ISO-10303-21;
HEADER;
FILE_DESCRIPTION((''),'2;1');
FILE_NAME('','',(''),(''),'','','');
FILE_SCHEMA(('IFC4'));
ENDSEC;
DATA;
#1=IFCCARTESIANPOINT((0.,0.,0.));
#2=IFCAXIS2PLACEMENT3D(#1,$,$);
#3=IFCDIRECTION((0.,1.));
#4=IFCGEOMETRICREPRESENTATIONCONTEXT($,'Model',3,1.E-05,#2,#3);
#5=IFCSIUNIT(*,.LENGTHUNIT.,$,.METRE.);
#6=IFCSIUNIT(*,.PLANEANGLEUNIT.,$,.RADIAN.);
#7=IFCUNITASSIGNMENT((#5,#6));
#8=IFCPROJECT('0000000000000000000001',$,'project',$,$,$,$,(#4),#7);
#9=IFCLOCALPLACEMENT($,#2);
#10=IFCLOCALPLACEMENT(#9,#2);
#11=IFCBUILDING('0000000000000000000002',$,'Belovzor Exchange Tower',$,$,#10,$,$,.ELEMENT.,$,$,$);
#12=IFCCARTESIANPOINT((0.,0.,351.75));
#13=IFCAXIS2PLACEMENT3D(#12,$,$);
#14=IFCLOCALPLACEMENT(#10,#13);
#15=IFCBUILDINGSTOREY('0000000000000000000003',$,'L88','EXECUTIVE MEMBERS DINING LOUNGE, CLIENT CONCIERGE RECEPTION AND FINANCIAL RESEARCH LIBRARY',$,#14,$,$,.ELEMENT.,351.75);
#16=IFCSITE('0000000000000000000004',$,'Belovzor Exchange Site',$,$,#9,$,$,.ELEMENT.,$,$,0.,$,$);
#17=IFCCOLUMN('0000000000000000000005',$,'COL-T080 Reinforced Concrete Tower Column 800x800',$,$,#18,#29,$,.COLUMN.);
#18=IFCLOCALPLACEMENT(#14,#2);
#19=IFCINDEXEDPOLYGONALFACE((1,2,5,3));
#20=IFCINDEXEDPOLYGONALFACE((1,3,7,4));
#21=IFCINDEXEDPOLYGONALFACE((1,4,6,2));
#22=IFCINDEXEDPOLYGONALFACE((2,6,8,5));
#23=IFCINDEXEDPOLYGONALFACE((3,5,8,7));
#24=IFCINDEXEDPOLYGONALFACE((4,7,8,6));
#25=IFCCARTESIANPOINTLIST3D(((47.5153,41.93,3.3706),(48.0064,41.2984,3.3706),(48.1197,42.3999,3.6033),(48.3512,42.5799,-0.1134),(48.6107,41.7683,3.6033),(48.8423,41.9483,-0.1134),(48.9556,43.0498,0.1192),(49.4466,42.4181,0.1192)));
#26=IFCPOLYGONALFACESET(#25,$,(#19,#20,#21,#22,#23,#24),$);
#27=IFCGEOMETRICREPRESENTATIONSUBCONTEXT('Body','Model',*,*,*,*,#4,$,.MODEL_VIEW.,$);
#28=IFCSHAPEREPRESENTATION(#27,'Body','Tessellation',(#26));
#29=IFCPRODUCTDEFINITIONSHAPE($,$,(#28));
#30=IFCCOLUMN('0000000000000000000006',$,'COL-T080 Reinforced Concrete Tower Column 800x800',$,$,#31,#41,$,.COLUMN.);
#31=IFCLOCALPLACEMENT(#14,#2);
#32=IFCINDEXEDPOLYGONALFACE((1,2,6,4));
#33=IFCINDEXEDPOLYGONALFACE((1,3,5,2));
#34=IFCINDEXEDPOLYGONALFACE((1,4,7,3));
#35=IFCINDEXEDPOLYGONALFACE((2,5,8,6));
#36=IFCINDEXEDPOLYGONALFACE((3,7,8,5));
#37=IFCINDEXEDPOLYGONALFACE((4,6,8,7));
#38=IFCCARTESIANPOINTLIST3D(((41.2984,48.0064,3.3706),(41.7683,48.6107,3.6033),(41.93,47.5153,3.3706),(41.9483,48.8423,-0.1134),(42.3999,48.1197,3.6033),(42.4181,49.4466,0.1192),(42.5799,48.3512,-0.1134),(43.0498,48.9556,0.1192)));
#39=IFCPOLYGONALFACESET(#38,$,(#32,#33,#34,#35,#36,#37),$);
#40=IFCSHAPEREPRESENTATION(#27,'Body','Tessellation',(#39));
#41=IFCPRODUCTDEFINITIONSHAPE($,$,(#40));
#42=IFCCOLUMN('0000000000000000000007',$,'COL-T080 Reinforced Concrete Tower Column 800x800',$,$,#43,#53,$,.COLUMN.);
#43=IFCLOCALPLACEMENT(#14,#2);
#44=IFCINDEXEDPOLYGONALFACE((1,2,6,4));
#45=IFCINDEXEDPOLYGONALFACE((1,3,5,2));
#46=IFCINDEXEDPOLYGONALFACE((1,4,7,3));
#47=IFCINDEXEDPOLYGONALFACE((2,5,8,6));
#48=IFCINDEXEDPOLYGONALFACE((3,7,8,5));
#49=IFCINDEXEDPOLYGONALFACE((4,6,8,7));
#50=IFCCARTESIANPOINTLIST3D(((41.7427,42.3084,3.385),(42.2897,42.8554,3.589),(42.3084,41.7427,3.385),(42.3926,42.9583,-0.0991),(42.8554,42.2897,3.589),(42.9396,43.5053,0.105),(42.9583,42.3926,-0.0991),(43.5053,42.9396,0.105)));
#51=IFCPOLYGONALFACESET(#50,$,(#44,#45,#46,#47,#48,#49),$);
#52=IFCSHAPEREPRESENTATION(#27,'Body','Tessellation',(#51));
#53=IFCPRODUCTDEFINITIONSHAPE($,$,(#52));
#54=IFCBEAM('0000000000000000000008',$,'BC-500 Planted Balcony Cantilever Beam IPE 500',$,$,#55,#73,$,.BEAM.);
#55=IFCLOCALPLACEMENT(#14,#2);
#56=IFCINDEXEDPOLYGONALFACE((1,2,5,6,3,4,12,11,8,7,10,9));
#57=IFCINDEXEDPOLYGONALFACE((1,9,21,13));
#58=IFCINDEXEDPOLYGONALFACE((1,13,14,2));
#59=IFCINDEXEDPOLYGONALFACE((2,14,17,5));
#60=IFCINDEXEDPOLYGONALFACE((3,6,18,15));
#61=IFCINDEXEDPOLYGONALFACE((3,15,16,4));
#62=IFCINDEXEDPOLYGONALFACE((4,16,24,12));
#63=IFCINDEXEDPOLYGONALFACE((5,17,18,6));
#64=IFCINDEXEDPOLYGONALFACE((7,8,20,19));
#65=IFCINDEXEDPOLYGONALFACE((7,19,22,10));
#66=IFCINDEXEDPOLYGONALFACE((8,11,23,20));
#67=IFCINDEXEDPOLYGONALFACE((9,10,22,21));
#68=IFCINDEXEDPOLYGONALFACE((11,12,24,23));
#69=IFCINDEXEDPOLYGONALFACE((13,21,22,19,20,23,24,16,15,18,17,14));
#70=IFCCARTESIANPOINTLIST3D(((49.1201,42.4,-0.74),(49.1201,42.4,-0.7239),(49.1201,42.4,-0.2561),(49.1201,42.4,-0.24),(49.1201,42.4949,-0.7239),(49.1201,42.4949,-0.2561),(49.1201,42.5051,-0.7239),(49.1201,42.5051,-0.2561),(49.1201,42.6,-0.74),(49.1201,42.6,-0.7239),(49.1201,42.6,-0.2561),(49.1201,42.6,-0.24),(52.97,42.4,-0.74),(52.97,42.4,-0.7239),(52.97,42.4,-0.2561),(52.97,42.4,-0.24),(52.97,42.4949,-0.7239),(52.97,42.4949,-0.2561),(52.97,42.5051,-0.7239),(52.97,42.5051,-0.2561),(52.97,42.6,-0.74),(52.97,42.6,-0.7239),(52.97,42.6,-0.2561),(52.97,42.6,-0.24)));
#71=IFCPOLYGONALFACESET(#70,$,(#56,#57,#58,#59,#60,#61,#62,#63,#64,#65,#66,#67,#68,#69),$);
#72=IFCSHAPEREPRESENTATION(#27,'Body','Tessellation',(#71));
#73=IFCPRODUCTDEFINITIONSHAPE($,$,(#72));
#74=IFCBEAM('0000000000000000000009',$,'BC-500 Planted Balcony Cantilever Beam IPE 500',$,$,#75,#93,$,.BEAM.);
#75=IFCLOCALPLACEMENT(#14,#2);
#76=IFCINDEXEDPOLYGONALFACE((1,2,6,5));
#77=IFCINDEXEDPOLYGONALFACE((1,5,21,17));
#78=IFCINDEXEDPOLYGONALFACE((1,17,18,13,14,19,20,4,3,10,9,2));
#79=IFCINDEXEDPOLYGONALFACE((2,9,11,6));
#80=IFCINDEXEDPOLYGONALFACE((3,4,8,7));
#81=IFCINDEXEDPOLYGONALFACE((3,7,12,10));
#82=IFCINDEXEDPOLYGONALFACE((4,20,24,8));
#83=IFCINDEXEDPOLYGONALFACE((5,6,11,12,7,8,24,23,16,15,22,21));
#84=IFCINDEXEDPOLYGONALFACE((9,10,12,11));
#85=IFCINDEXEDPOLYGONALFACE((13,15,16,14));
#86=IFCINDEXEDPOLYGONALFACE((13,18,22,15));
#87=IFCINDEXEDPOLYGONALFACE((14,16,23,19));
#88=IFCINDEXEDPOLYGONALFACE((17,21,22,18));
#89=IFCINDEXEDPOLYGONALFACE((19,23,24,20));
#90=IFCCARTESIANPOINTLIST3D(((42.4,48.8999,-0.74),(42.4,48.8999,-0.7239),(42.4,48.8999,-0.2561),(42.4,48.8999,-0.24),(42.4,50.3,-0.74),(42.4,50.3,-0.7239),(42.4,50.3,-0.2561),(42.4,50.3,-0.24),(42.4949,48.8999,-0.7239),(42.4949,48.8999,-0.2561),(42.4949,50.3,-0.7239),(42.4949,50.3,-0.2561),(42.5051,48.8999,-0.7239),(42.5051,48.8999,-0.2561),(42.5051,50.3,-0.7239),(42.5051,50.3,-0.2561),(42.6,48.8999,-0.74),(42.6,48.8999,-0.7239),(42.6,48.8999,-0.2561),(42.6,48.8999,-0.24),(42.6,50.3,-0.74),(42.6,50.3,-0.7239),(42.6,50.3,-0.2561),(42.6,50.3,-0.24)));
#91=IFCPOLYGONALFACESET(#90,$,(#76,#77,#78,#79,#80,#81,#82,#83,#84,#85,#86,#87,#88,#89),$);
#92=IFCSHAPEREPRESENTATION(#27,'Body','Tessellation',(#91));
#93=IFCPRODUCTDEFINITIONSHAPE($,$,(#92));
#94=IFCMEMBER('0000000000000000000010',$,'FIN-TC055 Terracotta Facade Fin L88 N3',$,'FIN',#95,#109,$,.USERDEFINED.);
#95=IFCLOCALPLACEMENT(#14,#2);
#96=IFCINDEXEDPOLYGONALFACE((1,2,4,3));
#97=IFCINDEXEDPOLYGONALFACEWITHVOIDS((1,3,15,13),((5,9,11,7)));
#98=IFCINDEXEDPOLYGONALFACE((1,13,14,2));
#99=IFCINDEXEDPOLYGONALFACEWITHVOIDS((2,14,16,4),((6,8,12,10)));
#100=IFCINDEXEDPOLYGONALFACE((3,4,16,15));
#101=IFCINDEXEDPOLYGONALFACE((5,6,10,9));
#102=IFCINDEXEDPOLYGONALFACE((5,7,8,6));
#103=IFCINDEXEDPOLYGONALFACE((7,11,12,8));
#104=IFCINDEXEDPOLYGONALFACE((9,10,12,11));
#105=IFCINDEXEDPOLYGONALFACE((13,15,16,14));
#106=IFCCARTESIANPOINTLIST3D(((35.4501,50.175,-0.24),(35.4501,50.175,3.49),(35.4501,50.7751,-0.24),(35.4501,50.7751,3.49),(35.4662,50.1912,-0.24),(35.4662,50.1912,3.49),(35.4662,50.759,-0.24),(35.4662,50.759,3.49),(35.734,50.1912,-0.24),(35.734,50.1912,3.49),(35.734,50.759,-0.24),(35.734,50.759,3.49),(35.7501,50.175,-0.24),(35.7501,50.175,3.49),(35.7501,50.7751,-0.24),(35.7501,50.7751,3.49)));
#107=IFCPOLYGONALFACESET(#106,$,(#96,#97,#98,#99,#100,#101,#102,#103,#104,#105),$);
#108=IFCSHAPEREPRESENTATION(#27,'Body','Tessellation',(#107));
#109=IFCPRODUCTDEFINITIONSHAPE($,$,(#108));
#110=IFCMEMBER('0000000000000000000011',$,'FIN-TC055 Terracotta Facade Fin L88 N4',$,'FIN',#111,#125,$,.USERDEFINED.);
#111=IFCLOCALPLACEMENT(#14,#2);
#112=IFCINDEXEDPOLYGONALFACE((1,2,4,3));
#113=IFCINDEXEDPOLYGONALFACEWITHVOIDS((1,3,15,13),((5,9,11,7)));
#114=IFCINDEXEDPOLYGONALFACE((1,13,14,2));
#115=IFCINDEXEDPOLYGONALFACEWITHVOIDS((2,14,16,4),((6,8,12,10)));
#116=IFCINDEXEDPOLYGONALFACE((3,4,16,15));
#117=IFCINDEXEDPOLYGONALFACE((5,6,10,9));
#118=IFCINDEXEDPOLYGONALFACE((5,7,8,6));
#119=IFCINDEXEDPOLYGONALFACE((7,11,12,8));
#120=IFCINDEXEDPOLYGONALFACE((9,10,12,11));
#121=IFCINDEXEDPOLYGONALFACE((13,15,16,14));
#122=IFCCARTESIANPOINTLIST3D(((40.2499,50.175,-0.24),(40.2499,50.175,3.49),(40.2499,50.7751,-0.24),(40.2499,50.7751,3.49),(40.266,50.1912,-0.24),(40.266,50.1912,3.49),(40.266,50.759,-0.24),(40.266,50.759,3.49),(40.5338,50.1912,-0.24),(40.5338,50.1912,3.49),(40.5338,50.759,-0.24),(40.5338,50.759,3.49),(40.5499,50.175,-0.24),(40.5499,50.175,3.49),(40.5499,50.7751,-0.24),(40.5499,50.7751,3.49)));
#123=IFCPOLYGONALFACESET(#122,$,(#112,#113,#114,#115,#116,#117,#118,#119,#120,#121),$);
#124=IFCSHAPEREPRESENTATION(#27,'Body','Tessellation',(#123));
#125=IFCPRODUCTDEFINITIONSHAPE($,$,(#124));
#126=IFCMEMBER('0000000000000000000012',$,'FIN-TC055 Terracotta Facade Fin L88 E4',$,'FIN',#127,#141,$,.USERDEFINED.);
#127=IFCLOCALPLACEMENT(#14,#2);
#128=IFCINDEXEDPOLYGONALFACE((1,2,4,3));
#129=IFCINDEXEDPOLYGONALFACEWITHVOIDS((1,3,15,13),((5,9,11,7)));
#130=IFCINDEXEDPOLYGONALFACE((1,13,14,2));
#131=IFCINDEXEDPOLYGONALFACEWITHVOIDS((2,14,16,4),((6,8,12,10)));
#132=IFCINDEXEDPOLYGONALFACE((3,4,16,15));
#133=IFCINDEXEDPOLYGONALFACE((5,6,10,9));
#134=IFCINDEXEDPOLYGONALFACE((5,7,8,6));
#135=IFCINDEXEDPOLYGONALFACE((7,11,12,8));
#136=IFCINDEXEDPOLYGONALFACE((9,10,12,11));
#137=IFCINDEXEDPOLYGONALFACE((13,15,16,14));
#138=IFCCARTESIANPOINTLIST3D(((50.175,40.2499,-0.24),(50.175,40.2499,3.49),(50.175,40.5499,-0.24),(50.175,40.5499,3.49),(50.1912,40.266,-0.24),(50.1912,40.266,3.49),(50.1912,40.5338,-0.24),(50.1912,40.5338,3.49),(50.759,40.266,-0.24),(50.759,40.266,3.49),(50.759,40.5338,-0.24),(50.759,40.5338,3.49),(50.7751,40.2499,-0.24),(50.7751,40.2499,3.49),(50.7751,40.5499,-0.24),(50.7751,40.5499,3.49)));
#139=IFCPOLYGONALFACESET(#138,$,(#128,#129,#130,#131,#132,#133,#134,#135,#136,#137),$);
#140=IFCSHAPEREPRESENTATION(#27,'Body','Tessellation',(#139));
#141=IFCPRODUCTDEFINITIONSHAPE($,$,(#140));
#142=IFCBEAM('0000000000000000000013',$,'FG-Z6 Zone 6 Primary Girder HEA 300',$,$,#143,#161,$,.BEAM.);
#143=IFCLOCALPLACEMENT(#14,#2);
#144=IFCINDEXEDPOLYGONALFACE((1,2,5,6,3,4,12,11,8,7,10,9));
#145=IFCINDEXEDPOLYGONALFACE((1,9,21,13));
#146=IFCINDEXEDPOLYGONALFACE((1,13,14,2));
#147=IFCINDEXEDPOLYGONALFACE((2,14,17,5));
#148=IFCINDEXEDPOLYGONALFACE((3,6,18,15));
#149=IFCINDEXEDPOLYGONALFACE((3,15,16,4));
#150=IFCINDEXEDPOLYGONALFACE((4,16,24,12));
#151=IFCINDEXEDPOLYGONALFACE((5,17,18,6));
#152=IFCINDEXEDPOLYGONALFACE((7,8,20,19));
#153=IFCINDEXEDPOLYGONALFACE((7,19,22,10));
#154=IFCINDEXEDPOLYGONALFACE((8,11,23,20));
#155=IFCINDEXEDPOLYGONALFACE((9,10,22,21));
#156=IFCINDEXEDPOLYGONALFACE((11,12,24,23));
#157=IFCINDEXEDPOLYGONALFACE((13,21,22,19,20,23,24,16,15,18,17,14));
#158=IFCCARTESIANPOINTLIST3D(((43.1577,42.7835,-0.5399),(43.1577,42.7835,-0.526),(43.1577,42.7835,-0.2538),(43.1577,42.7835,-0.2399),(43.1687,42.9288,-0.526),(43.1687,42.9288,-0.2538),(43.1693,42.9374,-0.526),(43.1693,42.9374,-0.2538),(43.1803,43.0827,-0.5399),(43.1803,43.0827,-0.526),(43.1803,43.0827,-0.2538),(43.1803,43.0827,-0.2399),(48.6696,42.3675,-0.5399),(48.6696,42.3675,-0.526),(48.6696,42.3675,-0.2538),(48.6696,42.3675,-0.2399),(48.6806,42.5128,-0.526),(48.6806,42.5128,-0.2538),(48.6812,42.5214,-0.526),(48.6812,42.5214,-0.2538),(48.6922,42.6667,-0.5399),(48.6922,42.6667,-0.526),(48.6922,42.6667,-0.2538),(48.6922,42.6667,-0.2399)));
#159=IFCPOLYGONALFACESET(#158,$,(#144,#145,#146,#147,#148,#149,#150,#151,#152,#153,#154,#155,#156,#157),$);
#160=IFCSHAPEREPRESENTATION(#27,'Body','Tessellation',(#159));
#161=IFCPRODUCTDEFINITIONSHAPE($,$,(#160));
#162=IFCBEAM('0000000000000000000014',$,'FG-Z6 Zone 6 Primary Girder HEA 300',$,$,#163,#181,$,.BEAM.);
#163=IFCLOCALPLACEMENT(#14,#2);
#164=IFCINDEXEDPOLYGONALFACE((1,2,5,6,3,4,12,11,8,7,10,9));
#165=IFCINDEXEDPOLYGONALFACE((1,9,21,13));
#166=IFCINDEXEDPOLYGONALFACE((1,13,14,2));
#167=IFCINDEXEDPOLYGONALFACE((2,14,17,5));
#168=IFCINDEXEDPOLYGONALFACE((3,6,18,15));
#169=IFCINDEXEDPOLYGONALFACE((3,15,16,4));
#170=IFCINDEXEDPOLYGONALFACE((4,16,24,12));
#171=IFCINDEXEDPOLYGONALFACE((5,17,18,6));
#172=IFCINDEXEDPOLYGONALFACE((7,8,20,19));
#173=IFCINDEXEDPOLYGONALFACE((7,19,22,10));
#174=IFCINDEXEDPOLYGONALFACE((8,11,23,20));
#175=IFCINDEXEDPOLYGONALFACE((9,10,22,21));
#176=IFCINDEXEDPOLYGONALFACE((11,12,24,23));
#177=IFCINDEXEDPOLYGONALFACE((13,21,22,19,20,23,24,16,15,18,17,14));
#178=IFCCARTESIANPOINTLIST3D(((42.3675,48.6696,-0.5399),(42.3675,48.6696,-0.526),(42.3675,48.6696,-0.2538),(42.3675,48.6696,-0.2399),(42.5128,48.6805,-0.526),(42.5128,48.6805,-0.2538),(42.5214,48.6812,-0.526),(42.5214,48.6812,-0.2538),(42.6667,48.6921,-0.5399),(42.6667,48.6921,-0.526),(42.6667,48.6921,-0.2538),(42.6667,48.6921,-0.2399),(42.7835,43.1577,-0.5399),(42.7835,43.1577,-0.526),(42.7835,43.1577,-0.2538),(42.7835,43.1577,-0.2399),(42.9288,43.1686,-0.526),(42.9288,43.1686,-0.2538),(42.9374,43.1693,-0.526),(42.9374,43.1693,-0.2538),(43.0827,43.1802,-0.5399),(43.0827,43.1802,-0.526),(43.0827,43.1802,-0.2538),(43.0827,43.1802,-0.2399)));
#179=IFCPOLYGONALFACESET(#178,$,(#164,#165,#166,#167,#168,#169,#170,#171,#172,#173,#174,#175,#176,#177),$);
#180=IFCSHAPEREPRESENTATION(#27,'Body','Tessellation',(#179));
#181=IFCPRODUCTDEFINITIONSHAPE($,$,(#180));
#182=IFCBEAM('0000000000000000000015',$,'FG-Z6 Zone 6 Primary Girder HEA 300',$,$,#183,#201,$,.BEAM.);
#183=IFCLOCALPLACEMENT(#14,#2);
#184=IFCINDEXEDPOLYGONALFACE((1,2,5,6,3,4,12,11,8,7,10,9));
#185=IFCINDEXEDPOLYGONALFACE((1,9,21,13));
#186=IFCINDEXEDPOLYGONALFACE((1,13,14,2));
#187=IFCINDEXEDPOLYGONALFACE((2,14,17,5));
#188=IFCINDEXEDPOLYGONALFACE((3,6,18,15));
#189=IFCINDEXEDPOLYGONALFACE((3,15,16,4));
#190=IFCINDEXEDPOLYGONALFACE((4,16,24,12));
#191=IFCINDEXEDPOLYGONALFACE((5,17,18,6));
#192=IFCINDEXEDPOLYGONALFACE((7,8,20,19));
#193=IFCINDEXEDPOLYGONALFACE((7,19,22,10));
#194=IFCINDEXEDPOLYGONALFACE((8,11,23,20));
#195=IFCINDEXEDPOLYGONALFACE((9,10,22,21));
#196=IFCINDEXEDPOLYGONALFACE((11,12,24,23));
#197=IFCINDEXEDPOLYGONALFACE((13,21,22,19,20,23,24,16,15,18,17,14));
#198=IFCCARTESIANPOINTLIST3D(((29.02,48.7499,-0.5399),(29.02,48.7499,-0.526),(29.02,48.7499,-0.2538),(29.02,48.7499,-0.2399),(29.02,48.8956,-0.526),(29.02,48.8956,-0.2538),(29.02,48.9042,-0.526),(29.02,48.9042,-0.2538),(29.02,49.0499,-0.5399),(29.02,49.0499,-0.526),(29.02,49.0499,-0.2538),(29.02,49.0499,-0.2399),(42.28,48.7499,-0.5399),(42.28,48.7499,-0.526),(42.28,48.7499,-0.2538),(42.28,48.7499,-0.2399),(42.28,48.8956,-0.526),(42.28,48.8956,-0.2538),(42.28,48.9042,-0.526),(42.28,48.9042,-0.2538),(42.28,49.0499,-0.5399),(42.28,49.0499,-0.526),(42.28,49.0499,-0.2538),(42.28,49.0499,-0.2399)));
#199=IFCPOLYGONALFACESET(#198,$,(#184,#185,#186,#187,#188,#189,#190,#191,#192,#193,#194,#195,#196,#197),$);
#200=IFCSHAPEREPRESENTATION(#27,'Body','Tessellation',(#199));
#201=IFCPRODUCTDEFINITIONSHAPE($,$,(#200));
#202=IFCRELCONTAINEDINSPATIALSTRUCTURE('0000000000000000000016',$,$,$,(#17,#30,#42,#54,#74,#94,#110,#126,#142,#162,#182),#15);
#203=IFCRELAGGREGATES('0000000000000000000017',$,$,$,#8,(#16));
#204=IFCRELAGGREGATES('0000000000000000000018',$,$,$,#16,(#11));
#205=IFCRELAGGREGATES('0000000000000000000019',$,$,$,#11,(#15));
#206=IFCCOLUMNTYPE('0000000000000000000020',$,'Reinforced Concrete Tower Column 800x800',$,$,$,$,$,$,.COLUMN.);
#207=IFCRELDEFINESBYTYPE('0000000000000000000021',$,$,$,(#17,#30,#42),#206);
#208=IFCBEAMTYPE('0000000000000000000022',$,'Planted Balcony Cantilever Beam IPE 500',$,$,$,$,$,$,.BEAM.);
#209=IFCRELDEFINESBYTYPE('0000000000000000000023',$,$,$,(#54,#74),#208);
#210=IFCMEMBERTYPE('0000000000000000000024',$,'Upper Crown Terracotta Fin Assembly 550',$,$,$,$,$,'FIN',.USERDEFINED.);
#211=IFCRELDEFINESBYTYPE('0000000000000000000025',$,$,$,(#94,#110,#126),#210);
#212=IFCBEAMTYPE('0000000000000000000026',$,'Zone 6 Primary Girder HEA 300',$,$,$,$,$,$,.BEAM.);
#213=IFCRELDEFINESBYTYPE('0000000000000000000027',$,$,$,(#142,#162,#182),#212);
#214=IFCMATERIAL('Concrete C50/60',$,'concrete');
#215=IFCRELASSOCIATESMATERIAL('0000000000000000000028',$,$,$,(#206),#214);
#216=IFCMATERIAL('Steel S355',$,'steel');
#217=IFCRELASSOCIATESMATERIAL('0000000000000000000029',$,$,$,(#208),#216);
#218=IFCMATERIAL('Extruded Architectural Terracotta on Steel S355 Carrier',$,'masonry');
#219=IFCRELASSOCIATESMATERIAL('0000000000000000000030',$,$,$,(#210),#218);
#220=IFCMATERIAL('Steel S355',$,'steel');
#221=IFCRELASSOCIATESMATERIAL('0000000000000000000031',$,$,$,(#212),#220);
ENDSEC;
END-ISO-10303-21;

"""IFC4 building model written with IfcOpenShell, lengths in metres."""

from ifc_helpers import new_model, si_unit, direction, frame, origin, origin_2d, place, context, subcontext, project, spatial, rectangle, hollow_rectangle, i_section, extrude, material, material_profile, profile_set, type_object, element, save


model = new_model("IFC4")

# Units and contexts
model_context = context("Model", 3, precision=1e-05, world=origin(), true_north=direction((0.0, 1.0)))
body_context = subcontext(model_context, "Body", "Model", "MODEL_VIEW")
ifc_project = project(units=[si_unit("LENGTHUNIT", "METRE"), si_unit("PLANEANGLEUNIT", "RADIAN")], contexts=[model_context])

# Site, building, storey
site_placement = place(None, origin())
site = spatial("IfcSite", under=ifc_project, at=site_placement, Name="Belovzor Exchange Site", CompositionType="ELEMENT", RefElevation=0.0)
building_placement = place(site_placement, origin())
building = spatial("IfcBuilding", under=site, at=building_placement, Name="Belovzor Exchange Tower", CompositionType="ELEMENT")
storey_placement = place(building_placement, frame((0.0, 0.0, 351.75)))
storey = spatial("IfcBuildingStorey", under=building, at=storey_placement, Name="L88", Description="EXECUTIVE MEMBERS DINING LOUNGE, CLIENT CONCIERGE RECEPTION AND FINANCIAL RESEARCH LIBRARY", CompositionType="ELEMENT", Elevation=351.75)

# Columns
ifc_material_1 = material(Name="Concrete C50/60", Category="concrete")
ifc_material_profile_1 = material_profile(ifc_material_1, rectangle(XDim=0.8, YDim=0.8, at=origin_2d()))
ifc_profile_set_1 = profile_set([ifc_material_profile_1], Name="Concrete C50/60")
column_type = type_object("IfcColumnType", Name="Reinforced Concrete Tower Column 800x800", PredefinedType="COLUMN", material=ifc_profile_set_1)
for number, where, z_axis, x_axis, name in (
    (1, (48.8989, 42.499, 0.0029), (-0.22956, -0.178472, 0.956791), (0.613781, -0.789476, 0.0), "COL-T080 Reinforced Concrete Tower Column 800x800"),
    (2, (42.499, 48.8989, 0.0029), (-0.178472, -0.22956, 0.956791), (0.789476, -0.613781, 0.0), "COL-T080 Reinforced Concrete Tower Column 800x800"),
):
    element("IfcColumn", number, at=place(storey_placement, frame(where, z_axis=z_axis, x_axis=x_axis)), inside=storey, type_object=column_type, Name=name, PredefinedType="COLUMN", context=body_context, shape_type="SweptSolid", body=[
        extrude(rectangle(XDim=0.8, YDim=0.8, at=origin_2d()), origin(), (0.0, 0.0, 1.0), 3.6414),
    ])
column_placement = place(storey_placement, frame((42.949, 42.949, 0.0029), z_axis=(-0.180362, -0.180362, 0.966922), x_axis=(0.707107, -0.707107, 0.0)))
element("IfcColumn", 3, at=column_placement, inside=storey, type_object=column_type, Name="COL-T080 Reinforced Concrete Tower Column 800x800", PredefinedType="COLUMN", context=body_context, shape_type="SweptSolid", body=[
    extrude(rectangle(XDim=0.8, YDim=0.8, at=origin_2d()), origin(), (0.0, 0.0, 1.0), 3.6033),
])

# Beams
ifc_material_2 = material(Name="Steel S355", Category="steel")
ifc_material_profile_2 = material_profile(ifc_material_2, i_section(OverallWidth=0.2, OverallDepth=0.5, WebThickness=0.0103, FlangeThickness=0.0161, at=origin_2d()))
ifc_profile_set_2 = profile_set([ifc_material_profile_2], Name="Steel S355")
beam_type_1 = type_object("IfcBeamType", Name="Planted Balcony Cantilever Beam IPE 500", PredefinedType="BEAM", material=ifc_profile_set_2)
beam_1_placement = place(storey_placement, frame((49.1201, 42.5, -0.49), z_axis=(1.0, 0.0, 0.0), x_axis=(0.0, 1.0, 0.0)))
element("IfcBeam", 4, at=beam_1_placement, inside=storey, type_object=beam_type_1, Name="BC-500 Planted Balcony Cantilever Beam IPE 500", PredefinedType="BEAM", context=body_context, shape_type="SweptSolid", body=[
    extrude(i_section(OverallWidth=0.2, OverallDepth=0.5, WebThickness=0.0103, FlangeThickness=0.0161, at=origin_2d()), origin(), (0.0, 0.0, 1.0), 3.8499),
])
beam_2_placement = place(storey_placement, frame((42.5, 48.8999, -0.49), z_axis=(0.0, 1.0, 0.0), x_axis=(-1.0, 0.0, 0.0)))
element("IfcBeam", 5, at=beam_2_placement, inside=storey, type_object=beam_type_1, Name="BC-500 Planted Balcony Cantilever Beam IPE 500", PredefinedType="BEAM", context=body_context, shape_type="SweptSolid", body=[
    extrude(i_section(OverallWidth=0.2, OverallDepth=0.5, WebThickness=0.0103, FlangeThickness=0.0161, at=origin_2d()), origin(), (0.0, 0.0, 1.0), 1.4001),
])

# Members
ifc_material_3 = material(Name="Extruded Architectural Terracotta on Steel S355 Carrier", Category="masonry")
ifc_material_profile_3 = material_profile(ifc_material_3, hollow_rectangle(XDim=0.3, YDim=0.6001, WallThickness=0.0161, at=origin_2d()))
ifc_profile_set_3 = profile_set([ifc_material_profile_3], Name="Extruded Architectural Terracotta on Steel S355 Carrier")
member_type = type_object("IfcMemberType", Name="Upper Crown Terracotta Fin Assembly 550", ElementType="FIN", PredefinedType="USERDEFINED", material=ifc_profile_set_3)
for number, where, z_axis, x_axis, name in (
    (6, (35.6001, 50.4751, -0.24), (0.0, 0.0, 1.0), (1.0, 0.0, 0.0), "FIN-TC055 Terracotta Facade Fin L88 N3"),
    (7, (40.3999, 50.4751, -0.24), (0.0, 0.0, 1.0), (1.0, 0.0, 0.0), "FIN-TC055 Terracotta Facade Fin L88 N4"),
    (8, (50.4751, 40.3999, -0.24), (0.0, 0.0, 1.0), (0.0, 1.0, 0.0), "FIN-TC055 Terracotta Facade Fin L88 E4"),
):
    element("IfcMember", number, at=place(storey_placement, frame(where, z_axis=z_axis, x_axis=x_axis)), inside=storey, type_object=member_type, Name=name, ObjectType="FIN", PredefinedType="USERDEFINED", context=body_context, shape_type="SweptSolid", body=[
        extrude(hollow_rectangle(XDim=0.3, YDim=0.6001, WallThickness=0.0161, at=origin_2d()), origin(), (0.0, 0.0, 1.0), 3.73),
    ])

# Beams
ifc_material_4 = material(Name="Steel S355", Category="steel")
ifc_material_profile_4 = material_profile(ifc_material_4, i_section(OverallWidth=0.3, OverallDepth=0.3, WebThickness=0.0085, FlangeThickness=0.0139, at=origin_2d()))
ifc_profile_set_4 = profile_set([ifc_material_profile_4], Name="Steel S355")
beam_type_2 = type_object("IfcBeamType", Name="Zone 6 Primary Girder HEA 300", PredefinedType="BEAM", material=ifc_profile_set_4)
for number, where, z_axis, x_axis, name in (
    (9, (48.6809, 42.5171, -0.3899), (-0.997164, 0.075261, 0.0), (-0.075261, -0.997164, 0.0), "FG-Z6 Zone 6 Primary Girder HEA 300"),
    (10, (42.9331, 43.1689, -0.3899), (-0.075261, 0.997164, 0.0), (-0.997164, -0.075261, 0.0), "FG-Z6 Zone 6 Primary Girder HEA 300"),
):
    element("IfcBeam", number, at=place(storey_placement, frame(where, z_axis=z_axis, x_axis=x_axis)), inside=storey, type_object=beam_type_2, Name=name, PredefinedType="BEAM", context=body_context, shape_type="SweptSolid", body=[
        extrude(i_section(OverallWidth=0.3, OverallDepth=0.3, WebThickness=0.0085, FlangeThickness=0.0139, at=origin_2d()), origin(), (0.0, 0.0, 1.0), 5.5276),
    ])
beam_3_placement = place(storey_placement, frame((42.28, 48.8999, -0.3899), z_axis=(-1.0, 0.0, 0.0), x_axis=(0.0, -1.0, 0.0)))
element("IfcBeam", 11, at=beam_3_placement, inside=storey, type_object=beam_type_2, Name="FG-Z6 Zone 6 Primary Girder HEA 300", PredefinedType="BEAM", context=body_context, shape_type="SweptSolid", body=[
    extrude(i_section(OverallWidth=0.3, OverallDepth=0.3, WebThickness=0.0085, FlangeThickness=0.0139, at=origin_2d()), origin(), (0.0, 0.0, 1.0), 13.26),
])

save(model, "model.ifc")
